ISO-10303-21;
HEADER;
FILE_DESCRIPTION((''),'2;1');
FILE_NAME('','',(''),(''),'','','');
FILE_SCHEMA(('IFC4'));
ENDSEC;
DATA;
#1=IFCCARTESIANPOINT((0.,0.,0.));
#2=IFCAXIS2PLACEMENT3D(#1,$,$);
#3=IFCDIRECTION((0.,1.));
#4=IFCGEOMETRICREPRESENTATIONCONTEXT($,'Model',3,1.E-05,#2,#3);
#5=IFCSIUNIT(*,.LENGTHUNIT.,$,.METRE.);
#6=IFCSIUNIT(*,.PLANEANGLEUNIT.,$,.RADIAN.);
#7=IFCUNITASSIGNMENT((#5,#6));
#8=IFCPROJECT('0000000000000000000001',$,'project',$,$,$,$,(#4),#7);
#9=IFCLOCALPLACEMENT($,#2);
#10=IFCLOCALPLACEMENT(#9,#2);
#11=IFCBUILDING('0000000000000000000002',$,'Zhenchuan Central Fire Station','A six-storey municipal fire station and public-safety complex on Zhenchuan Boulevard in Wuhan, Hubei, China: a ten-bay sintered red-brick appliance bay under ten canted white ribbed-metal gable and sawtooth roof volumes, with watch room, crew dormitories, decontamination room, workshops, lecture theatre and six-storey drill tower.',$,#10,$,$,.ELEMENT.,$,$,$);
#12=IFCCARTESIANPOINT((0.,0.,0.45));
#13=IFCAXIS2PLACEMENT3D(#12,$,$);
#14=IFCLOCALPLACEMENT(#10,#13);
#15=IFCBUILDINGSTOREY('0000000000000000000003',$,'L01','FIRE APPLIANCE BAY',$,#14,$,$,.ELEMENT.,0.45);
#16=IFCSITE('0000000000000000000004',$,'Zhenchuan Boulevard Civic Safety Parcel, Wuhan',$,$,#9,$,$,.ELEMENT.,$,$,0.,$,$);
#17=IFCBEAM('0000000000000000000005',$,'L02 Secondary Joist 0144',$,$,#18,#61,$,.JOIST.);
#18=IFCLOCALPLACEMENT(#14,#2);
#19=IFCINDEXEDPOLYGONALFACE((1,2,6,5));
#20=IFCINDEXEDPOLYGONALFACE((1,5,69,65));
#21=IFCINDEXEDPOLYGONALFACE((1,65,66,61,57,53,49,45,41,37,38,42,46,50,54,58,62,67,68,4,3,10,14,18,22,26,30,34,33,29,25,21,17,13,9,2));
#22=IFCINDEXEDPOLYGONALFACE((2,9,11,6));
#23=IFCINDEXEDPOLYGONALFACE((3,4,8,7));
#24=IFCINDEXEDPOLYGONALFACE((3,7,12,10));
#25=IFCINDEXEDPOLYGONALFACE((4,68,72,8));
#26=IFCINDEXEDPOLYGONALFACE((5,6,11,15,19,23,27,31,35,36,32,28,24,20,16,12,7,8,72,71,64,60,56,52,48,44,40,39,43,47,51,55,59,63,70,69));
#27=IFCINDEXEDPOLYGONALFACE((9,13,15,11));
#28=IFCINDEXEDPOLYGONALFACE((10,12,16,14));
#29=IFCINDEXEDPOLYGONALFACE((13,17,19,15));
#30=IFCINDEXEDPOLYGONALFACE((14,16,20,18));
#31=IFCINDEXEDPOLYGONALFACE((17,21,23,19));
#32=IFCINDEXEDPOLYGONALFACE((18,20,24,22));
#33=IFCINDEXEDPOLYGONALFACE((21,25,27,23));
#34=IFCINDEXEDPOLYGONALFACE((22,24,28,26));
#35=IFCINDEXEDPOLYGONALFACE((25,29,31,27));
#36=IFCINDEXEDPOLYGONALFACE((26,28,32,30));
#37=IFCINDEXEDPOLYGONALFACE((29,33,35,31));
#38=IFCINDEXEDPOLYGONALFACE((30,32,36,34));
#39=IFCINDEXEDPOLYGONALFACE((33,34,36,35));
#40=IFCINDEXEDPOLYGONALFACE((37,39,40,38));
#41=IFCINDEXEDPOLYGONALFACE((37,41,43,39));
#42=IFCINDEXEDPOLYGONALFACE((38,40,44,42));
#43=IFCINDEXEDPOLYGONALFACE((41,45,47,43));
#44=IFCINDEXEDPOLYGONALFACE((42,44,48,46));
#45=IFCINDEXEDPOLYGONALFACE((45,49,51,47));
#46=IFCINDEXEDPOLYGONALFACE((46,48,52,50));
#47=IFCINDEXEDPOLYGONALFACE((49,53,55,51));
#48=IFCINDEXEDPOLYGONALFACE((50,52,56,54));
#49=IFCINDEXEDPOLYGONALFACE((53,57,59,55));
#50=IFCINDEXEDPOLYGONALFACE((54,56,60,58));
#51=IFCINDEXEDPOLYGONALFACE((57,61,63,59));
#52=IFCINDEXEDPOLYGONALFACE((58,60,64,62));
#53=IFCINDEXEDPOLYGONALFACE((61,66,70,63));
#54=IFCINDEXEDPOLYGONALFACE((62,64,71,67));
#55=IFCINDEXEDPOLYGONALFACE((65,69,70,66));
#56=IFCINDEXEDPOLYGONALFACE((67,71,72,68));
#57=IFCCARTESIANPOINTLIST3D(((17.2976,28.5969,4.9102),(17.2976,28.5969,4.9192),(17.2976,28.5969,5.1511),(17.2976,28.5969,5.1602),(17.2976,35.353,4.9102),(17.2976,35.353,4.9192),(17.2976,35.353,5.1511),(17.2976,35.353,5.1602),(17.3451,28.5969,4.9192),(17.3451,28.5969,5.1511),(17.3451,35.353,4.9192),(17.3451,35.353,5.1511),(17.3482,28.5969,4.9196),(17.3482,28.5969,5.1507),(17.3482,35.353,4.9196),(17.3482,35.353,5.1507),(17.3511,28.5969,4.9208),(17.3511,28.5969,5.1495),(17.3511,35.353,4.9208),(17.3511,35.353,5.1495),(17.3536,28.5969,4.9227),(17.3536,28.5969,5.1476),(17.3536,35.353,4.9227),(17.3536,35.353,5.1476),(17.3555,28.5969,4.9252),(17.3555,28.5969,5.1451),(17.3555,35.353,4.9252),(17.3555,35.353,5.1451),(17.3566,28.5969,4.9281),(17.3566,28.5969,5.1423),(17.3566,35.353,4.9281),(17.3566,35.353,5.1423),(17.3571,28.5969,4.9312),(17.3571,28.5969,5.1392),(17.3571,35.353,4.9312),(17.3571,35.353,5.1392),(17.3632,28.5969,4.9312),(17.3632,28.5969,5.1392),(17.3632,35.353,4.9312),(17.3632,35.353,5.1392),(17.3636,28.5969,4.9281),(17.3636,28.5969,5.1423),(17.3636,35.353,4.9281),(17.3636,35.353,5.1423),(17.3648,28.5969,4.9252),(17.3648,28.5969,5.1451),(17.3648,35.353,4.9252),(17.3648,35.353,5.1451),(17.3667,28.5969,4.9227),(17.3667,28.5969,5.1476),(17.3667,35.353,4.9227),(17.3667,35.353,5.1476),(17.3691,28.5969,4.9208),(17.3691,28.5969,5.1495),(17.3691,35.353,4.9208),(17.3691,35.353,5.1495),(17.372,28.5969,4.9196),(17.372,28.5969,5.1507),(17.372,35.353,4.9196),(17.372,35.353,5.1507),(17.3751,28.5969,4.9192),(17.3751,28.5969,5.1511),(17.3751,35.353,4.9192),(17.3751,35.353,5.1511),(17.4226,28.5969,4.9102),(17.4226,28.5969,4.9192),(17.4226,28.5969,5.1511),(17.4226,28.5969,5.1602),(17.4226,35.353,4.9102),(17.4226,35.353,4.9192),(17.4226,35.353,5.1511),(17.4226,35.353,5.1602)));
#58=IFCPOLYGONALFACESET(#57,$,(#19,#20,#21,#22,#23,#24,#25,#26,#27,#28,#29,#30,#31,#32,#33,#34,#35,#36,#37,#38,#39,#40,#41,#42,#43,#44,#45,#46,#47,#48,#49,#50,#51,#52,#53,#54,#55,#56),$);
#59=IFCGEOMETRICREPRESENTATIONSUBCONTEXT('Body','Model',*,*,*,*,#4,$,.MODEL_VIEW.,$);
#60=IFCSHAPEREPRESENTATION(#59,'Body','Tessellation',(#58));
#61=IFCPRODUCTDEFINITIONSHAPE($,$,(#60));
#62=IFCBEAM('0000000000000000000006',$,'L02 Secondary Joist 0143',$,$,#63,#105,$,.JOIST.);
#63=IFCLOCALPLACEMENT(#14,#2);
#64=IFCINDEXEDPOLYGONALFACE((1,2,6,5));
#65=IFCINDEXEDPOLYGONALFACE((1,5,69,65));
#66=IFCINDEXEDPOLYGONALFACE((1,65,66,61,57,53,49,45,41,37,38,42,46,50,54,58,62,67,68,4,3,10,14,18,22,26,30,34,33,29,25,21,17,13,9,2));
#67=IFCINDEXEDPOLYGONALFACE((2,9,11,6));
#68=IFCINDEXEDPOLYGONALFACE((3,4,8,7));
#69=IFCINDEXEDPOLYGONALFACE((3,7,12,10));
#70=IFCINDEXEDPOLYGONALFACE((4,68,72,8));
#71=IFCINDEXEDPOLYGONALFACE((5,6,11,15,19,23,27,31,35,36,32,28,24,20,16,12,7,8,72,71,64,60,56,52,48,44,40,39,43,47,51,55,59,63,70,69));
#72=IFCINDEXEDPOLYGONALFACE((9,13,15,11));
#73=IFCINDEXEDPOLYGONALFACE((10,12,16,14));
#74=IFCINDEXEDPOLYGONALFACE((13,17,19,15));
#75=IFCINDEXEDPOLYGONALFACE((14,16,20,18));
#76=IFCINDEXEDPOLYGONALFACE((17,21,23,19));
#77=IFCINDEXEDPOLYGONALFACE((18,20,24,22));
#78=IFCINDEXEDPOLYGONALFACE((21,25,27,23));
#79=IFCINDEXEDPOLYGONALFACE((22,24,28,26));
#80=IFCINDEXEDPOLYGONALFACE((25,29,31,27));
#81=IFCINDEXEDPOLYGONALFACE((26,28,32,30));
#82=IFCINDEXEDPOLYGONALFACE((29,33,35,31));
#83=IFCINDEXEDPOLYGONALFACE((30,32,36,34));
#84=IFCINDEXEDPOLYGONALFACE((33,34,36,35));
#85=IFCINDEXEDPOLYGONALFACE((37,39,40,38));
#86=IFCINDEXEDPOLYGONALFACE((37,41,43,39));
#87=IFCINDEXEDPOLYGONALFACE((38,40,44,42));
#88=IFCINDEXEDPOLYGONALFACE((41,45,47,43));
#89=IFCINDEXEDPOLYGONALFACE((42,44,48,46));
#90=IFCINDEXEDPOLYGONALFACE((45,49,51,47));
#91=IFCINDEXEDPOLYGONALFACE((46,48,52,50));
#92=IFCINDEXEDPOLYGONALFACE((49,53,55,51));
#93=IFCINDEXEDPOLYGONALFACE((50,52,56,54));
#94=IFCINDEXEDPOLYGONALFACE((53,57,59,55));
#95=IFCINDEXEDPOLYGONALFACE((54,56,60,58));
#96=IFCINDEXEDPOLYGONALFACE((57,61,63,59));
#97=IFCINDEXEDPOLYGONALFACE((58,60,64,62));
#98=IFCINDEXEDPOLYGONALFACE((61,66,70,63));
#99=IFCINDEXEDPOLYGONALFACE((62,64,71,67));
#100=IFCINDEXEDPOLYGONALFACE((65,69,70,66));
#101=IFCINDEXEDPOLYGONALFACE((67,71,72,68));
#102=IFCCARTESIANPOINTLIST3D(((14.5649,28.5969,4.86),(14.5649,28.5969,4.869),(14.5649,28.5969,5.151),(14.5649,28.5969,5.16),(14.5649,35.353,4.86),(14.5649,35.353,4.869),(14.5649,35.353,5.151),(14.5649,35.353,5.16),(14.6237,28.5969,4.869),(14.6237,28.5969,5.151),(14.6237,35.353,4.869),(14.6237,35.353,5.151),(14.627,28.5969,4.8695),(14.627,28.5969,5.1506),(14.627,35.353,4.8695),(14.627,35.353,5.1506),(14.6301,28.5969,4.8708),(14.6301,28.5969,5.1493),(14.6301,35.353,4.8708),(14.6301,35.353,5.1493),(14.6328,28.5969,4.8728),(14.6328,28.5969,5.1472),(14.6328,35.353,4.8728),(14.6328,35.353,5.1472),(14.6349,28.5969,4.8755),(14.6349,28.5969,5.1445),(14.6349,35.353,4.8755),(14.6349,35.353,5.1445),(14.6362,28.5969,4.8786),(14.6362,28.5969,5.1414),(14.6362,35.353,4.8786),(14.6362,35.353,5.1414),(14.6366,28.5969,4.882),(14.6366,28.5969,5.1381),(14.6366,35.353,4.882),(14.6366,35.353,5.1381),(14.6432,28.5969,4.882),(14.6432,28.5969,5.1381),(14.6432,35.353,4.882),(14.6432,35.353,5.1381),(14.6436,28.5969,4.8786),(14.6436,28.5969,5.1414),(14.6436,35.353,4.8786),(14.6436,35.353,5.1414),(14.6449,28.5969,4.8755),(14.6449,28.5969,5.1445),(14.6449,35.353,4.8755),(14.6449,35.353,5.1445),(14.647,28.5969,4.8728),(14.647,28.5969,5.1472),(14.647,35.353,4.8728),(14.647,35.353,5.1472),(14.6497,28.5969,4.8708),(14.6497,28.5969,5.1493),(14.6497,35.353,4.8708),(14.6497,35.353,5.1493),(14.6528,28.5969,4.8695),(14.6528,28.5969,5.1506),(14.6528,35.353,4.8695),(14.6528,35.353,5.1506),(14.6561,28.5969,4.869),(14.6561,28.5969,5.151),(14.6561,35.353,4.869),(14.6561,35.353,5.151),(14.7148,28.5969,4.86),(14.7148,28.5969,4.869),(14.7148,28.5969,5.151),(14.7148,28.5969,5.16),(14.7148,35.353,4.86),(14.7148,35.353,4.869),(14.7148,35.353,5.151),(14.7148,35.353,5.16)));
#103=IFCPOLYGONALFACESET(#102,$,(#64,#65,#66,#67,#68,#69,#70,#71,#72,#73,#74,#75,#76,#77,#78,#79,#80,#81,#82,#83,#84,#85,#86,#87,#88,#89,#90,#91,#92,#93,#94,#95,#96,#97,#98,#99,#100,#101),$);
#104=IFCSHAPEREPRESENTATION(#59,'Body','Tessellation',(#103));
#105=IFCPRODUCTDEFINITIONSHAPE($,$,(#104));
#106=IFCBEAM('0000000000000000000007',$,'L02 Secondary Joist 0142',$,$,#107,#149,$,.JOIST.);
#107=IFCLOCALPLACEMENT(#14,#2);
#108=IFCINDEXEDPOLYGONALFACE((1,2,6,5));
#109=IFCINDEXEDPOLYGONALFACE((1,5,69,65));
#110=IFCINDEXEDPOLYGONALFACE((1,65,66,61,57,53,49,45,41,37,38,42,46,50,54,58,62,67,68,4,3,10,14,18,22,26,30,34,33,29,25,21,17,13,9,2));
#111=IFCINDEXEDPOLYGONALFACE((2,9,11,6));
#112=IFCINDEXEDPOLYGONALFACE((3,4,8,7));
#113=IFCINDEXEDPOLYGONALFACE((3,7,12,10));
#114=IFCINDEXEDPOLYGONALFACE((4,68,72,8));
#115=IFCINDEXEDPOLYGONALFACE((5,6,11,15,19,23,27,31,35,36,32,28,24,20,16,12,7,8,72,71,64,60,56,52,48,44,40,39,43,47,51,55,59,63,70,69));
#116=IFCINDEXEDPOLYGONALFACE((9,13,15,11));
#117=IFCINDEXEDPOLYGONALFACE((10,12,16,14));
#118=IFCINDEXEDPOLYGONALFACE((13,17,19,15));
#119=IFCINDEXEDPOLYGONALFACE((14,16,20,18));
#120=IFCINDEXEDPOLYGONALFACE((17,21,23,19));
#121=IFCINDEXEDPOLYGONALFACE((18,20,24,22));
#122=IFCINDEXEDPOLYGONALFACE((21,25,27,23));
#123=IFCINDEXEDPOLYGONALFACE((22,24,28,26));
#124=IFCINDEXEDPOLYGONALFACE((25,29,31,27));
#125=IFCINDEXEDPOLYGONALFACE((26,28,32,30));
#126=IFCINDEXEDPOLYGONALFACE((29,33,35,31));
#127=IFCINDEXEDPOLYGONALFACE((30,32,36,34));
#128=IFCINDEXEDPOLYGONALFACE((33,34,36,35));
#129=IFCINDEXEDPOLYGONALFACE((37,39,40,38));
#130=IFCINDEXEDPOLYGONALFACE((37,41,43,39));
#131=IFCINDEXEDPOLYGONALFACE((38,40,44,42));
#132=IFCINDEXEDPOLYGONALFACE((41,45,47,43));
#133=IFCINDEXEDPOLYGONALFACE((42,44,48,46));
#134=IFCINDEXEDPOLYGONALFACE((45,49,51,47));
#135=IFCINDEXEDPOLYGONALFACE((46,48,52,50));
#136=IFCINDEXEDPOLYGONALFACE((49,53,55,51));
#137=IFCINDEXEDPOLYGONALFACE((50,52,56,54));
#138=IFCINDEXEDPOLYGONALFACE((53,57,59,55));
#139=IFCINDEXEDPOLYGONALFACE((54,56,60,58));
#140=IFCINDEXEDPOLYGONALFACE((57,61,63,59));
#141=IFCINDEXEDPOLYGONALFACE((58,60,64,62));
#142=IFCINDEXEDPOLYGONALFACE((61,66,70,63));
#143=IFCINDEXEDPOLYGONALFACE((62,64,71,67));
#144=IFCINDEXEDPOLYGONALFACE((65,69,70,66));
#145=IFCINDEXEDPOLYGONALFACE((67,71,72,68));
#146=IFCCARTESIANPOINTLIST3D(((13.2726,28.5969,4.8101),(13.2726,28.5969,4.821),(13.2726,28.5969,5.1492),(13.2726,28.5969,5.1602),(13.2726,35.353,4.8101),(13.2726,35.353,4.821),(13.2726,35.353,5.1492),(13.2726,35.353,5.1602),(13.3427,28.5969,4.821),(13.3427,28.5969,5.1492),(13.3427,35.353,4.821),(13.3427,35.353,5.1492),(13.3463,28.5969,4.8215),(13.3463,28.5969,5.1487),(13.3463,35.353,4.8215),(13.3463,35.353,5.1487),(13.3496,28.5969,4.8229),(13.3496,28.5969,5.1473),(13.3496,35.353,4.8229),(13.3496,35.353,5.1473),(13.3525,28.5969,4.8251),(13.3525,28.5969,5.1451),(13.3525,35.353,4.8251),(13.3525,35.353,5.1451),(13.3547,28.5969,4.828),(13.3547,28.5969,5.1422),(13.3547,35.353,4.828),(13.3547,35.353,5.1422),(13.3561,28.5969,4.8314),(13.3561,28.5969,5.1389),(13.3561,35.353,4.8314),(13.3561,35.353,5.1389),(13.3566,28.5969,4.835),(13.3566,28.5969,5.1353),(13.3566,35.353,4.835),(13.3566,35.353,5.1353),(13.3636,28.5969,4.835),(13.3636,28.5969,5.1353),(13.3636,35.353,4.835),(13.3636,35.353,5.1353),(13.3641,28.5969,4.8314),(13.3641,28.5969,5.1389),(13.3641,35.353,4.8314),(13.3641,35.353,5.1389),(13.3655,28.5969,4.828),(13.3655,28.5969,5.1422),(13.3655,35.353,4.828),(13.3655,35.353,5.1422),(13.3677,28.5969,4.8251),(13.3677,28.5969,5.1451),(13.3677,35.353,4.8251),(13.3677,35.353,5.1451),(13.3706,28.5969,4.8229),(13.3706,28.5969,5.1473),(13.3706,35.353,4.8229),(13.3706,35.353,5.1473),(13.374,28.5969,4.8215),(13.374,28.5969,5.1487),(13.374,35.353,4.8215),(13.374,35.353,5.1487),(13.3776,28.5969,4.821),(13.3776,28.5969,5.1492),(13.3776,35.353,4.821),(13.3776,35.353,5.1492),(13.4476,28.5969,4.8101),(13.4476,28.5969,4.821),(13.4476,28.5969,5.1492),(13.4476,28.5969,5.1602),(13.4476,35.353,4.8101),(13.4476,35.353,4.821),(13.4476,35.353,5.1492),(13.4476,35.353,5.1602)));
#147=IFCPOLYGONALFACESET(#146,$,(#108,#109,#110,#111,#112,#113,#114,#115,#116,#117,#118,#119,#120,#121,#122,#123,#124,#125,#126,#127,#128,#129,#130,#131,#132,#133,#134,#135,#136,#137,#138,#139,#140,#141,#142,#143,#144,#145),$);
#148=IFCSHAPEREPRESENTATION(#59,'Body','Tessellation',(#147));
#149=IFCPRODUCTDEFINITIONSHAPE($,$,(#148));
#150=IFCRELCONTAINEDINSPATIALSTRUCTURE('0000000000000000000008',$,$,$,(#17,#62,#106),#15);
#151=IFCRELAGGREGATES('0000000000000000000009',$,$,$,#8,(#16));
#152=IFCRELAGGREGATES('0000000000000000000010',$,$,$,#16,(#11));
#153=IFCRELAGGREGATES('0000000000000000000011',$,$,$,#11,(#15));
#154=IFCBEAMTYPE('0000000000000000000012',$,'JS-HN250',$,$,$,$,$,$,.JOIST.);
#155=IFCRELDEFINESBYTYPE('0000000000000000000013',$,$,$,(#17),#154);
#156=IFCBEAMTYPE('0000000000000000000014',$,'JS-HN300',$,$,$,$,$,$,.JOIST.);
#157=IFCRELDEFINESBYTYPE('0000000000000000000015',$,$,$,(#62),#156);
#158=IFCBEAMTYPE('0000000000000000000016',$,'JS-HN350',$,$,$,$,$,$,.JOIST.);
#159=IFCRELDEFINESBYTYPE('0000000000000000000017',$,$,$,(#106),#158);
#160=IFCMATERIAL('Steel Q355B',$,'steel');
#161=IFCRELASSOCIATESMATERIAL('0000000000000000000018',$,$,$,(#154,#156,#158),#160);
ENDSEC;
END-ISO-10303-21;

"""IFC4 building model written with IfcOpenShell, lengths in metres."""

from ifc_helpers import new_model, si_unit, direction, frame, origin, origin_2d, place, context, subcontext, project, spatial, i_section, extrude, material, material_profile, profile_set, type_object, element, save


model = new_model("IFC4")

# Units and contexts
model_context = context("Model", 3, precision=1e-05, world=origin(), true_north=direction((0.0, 1.0)))
body_context = subcontext(model_context, "Body", "Model", "MODEL_VIEW")
ifc_project = project(units=[si_unit("LENGTHUNIT", "METRE"), si_unit("PLANEANGLEUNIT", "RADIAN")], contexts=[model_context])

# Site, building, storey
site_placement = place(None, origin())
site = spatial("IfcSite", under=ifc_project, at=site_placement, Name="Zhenchuan Boulevard Civic Safety Parcel, Wuhan", CompositionType="ELEMENT", RefElevation=0.0)
building_placement = place(site_placement, origin())
building = spatial("IfcBuilding", under=site, at=building_placement, Name="Zhenchuan Central Fire Station", Description="A six-storey municipal fire station and public-safety complex on Zhenchuan Boulevard in Wuhan, Hubei, China: a ten-bay sintered red-brick appliance bay under ten canted white ribbed-metal gable and sawtooth roof volumes, with watch room, crew dormitories, decontamination room, workshops, lecture theatre and six-storey drill tower.", CompositionType="ELEMENT")
storey_placement = place(building_placement, frame((0.0, 0.0, 0.45)))
storey = spatial("IfcBuildingStorey", under=building, at=storey_placement, Name="L01", Description="FIRE APPLIANCE BAY", CompositionType="ELEMENT", Elevation=0.45)

# Shared definitions
ifc_material_1 = material(Name="Steel Q355B", Category="steel")

# Beams
ifc_material_profile_1 = material_profile(ifc_material_1, i_section(OverallWidth=0.125, OverallDepth=0.25, WebThickness=0.0061, FlangeThickness=0.009, FilletRadius=0.012, at=origin_2d()), Name="HN 250x125")
ifc_profile_set_1 = profile_set([ifc_material_profile_1], Name="Steel Q355B")
beam_type_1 = type_object("IfcBeamType", Name="JS-HN250", PredefinedType="JOIST", material=ifc_profile_set_1)
beam_1_placement = place(storey_placement, frame((17.3601, 28.5969, 5.0352), z_axis=(0.0, 1.0, 0.0), x_axis=(-1.0, 0.0, 0.0)))
element("IfcBeam", 1, at=beam_1_placement, inside=storey, type_object=beam_type_1, Name="L02 Secondary Joist 0144", PredefinedType="JOIST", context=body_context, shape_type="SweptSolid", body=[
    extrude(i_section(OverallWidth=0.125, OverallDepth=0.25, WebThickness=0.0061, FlangeThickness=0.009, FilletRadius=0.012, at=origin_2d()), origin(), (0.0, 0.0, 1.0), 6.7561),
])
ifc_material_profile_2 = material_profile(ifc_material_1, i_section(OverallWidth=0.1499, OverallDepth=0.3, WebThickness=0.0066, FlangeThickness=0.009, FilletRadius=0.0129, at=origin_2d()), Name="HN 300x150")
ifc_profile_set_2 = profile_set([ifc_material_profile_2], Name="Steel Q355B")
beam_type_2 = type_object("IfcBeamType", Name="JS-HN300", PredefinedType="JOIST", material=ifc_profile_set_2)
beam_2_placement = place(storey_placement, frame((14.6399, 28.5969, 5.01), z_axis=(0.0, 1.0, 0.0), x_axis=(-1.0, 0.0, 0.0)))
element("IfcBeam", 2, at=beam_2_placement, inside=storey, type_object=beam_type_2, Name="L02 Secondary Joist 0143", PredefinedType="JOIST", context=body_context, shape_type="SweptSolid", body=[
    extrude(i_section(OverallWidth=0.1499, OverallDepth=0.3, WebThickness=0.0066, FlangeThickness=0.009, FilletRadius=0.0129, at=origin_2d()), origin(), (0.0, 0.0, 1.0), 6.7561),
])
ifc_material_profile_3 = material_profile(ifc_material_1, i_section(OverallWidth=0.175, OverallDepth=0.3501, WebThickness=0.0071, FlangeThickness=0.011, FilletRadius=0.0139, at=origin_2d()), Name="HN 350x175")
ifc_profile_set_3 = profile_set([ifc_material_profile_3], Name="Steel Q355B")
beam_type_3 = type_object("IfcBeamType", Name="JS-HN350", PredefinedType="JOIST", material=ifc_profile_set_3)
beam_3_placement = place(storey_placement, frame((13.3601, 28.5969, 4.9851), z_axis=(0.0, 1.0, 0.0), x_axis=(-1.0, 0.0, 0.0)))
element("IfcBeam", 3, at=beam_3_placement, inside=storey, type_object=beam_type_3, Name="L02 Secondary Joist 0142", PredefinedType="JOIST", context=body_context, shape_type="SweptSolid", body=[
    extrude(i_section(OverallWidth=0.175, OverallDepth=0.3501, WebThickness=0.0071, FlangeThickness=0.011, FilletRadius=0.0139, at=origin_2d()), origin(), (0.0, 0.0, 1.0), 6.7561),
])

save(model, "model.ifc")
